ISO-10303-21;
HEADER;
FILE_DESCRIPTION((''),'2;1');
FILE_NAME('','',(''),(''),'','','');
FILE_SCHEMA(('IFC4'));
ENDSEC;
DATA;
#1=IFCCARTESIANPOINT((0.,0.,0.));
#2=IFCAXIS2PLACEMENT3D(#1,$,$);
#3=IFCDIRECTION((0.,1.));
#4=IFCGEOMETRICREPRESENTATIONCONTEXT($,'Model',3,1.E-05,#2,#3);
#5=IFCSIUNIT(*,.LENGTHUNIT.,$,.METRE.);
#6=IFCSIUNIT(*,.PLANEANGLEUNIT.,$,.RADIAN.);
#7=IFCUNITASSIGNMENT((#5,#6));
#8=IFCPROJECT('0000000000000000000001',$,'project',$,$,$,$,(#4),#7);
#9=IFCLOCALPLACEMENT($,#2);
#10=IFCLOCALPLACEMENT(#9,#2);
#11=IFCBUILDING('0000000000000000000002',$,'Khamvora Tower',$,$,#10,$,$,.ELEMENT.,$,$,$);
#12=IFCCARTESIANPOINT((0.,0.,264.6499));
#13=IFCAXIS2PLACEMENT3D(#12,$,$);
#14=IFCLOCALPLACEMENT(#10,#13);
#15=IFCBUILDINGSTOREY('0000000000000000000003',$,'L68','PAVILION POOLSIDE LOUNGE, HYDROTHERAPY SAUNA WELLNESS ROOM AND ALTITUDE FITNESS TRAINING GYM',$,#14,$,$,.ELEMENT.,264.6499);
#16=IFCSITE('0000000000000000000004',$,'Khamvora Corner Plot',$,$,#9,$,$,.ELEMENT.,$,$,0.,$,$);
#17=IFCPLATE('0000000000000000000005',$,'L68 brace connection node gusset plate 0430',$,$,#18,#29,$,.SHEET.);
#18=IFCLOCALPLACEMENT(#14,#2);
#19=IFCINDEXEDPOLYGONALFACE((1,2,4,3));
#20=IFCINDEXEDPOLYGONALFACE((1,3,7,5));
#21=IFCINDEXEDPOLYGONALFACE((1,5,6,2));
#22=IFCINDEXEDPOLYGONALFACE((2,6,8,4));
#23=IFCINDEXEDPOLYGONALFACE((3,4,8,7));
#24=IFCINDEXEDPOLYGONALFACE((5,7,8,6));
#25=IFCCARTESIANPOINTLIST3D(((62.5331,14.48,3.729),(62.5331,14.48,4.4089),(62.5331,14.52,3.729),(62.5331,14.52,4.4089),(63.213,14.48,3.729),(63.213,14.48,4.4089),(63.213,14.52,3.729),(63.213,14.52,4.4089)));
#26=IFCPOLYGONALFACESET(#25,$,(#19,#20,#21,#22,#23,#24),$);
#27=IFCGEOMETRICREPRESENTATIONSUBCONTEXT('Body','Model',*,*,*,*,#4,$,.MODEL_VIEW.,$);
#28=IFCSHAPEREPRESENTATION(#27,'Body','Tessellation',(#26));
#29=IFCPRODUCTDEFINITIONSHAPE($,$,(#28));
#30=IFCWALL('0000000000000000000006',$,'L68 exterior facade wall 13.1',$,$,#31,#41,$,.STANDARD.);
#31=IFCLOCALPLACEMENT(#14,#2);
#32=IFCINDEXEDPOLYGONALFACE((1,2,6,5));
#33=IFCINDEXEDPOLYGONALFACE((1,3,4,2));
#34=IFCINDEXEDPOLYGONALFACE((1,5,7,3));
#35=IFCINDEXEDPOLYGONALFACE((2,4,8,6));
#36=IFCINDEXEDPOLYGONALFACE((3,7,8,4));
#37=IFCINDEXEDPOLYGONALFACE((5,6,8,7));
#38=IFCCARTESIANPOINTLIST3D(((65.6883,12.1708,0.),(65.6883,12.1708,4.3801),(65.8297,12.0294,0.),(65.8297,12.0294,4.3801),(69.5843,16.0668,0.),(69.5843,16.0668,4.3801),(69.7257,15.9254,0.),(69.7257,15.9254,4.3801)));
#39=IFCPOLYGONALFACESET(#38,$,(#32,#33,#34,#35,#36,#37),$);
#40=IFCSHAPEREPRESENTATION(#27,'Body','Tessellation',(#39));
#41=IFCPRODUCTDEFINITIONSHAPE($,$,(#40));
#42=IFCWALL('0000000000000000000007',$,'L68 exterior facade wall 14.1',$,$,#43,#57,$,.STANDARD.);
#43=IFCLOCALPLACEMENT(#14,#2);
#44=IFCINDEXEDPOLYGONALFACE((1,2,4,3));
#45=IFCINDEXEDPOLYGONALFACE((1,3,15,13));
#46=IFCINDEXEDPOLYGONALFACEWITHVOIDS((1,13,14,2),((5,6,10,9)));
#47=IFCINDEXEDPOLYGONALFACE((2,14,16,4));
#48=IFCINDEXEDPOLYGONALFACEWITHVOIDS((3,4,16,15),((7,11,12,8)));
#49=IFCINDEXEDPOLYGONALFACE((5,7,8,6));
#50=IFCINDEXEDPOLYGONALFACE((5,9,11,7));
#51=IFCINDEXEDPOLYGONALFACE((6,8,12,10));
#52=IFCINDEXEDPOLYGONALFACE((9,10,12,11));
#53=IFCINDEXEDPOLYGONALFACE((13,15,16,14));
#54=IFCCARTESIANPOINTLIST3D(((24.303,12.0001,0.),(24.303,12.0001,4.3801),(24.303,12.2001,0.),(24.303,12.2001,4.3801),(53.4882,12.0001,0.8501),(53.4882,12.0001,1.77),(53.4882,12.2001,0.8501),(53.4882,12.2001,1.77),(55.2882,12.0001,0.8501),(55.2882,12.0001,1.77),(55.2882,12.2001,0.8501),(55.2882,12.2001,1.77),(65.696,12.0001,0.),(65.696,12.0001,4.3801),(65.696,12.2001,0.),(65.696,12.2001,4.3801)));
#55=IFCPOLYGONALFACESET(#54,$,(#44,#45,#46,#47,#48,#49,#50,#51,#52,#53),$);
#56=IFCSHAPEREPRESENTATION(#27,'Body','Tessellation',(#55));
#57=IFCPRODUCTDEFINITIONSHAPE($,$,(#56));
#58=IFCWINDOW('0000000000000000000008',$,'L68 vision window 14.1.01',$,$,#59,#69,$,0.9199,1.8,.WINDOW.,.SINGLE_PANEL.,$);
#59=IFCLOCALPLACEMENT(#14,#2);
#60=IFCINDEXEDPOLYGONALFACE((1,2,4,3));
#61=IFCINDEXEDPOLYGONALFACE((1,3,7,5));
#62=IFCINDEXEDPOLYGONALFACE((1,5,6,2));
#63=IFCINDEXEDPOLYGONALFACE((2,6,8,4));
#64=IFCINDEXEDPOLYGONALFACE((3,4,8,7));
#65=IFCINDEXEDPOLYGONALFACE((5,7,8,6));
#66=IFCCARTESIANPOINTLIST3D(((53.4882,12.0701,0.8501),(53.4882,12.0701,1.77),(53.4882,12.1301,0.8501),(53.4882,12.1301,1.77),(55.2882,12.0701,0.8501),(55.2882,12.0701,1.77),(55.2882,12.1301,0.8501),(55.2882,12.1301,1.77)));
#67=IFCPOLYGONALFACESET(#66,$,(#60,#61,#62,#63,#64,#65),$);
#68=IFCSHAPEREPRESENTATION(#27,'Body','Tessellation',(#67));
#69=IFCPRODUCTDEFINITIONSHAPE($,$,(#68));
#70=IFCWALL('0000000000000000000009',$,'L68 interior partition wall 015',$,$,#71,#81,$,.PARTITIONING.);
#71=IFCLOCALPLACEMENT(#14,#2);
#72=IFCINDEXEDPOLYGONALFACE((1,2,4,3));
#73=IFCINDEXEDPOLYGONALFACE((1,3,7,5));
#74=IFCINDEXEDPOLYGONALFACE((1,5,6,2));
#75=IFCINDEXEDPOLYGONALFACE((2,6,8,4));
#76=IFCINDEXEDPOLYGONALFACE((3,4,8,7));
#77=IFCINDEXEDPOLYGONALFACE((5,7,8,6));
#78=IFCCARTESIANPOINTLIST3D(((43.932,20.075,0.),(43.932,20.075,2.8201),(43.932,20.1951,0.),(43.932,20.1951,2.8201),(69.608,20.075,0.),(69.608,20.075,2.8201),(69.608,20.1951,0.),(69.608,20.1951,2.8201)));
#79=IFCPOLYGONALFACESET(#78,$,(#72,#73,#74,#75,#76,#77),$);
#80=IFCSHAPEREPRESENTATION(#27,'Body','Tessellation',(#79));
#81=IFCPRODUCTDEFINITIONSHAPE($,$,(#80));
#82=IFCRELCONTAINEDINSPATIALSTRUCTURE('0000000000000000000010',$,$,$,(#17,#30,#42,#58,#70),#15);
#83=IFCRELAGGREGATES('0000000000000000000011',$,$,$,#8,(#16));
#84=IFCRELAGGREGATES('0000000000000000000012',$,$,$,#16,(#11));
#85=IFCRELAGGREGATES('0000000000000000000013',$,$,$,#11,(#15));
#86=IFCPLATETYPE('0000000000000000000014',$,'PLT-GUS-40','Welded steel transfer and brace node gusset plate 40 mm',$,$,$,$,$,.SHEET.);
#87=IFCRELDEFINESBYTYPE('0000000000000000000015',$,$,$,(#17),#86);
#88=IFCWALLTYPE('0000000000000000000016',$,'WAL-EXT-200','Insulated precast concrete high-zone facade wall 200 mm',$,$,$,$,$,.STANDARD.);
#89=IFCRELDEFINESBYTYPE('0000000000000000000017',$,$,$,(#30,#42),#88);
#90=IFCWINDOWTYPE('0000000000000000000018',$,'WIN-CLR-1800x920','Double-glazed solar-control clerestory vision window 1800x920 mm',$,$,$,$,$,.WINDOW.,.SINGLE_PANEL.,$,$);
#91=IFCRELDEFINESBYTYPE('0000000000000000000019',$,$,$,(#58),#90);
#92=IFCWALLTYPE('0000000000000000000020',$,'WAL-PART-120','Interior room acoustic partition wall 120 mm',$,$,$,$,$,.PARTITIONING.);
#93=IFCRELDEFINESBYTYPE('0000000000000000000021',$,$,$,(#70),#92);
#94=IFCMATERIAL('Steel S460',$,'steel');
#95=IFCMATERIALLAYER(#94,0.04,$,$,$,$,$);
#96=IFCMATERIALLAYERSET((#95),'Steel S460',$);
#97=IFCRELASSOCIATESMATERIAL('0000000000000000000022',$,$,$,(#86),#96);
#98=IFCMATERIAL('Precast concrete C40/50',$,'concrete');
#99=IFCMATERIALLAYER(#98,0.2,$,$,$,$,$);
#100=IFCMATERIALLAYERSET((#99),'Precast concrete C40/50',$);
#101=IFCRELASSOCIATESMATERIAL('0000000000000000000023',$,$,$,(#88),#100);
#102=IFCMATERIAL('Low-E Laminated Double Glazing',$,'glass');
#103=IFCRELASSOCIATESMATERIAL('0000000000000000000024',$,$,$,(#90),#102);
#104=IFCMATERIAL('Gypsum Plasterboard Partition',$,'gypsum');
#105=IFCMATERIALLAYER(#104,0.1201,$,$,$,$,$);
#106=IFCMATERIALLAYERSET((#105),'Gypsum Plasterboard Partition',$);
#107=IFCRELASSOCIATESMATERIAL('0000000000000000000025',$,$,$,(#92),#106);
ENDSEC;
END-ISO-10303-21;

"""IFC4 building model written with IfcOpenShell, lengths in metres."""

from ifc_helpers import new_model, si_unit, direction, frame, frame_2d, origin, origin_2d, place, context, subcontext, project, spatial, rectangle, extrude, material, layer, layer_set, type_object, element, fill, save


model = new_model("IFC4")

# Units and contexts
model_context = context("Model", 3, precision=1e-05, world=origin(), true_north=direction((0.0, 1.0)))
body_context = subcontext(model_context, "Body", "Model", "MODEL_VIEW")
ifc_project = project(units=[si_unit("LENGTHUNIT", "METRE"), si_unit("PLANEANGLEUNIT", "RADIAN")], contexts=[model_context])

# Site, building, storey
site_placement = place(None, origin())
site = spatial("IfcSite", under=ifc_project, at=site_placement, Name="Khamvora Corner Plot", CompositionType="ELEMENT", RefElevation=0.0)
building_placement = place(site_placement, origin())
building = spatial("IfcBuilding", under=site, at=building_placement, Name="Khamvora Tower", CompositionType="ELEMENT")
storey_placement = place(building_placement, frame((0.0, 0.0, 264.6499)))
storey = spatial("IfcBuildingStorey", under=building, at=storey_placement, Name="L68", Description="PAVILION POOLSIDE LOUNGE, HYDROTHERAPY SAUNA WELLNESS ROOM AND ALTITUDE FITNESS TRAINING GYM", CompositionType="ELEMENT", Elevation=264.6499)

# Shared definitions
ifc_material_1 = material(Name="Steel S460", Category="steel")

# Plate
ifc_layer_1 = layer(ifc_material_1, 0.04)
ifc_layer_set_1 = layer_set([ifc_layer_1], Name="Steel S460")
plate_type_1 = type_object("IfcPlateType", Name="PLT-GUS-40", Description="Welded steel transfer and brace node gusset plate 40 mm", PredefinedType="SHEET", material=ifc_layer_set_1)
for number, where, z_axis, x_axis, name in (
    (1, (62.873, 14.5, 3.729), (0.0, 0.0, 1.0), (1.0, 0.0, 0.0), "L68 brace connection node gusset plate 0430"),
):
    element("IfcPlate", number, at=place(storey_placement, frame(where, z_axis=z_axis, x_axis=x_axis)), inside=storey, type_object=plate_type_1, Name=name, PredefinedType="SHEET", context=body_context, shape_type="SweptSolid", body=[
        extrude(rectangle(XDim=0.6799, YDim=0.04, at=origin_2d()), origin(), (0.0, 0.0, 1.0), 0.6799),
    ])

# Wall
ifc_material_2 = material(Name="Precast concrete C40/50", Category="concrete")
ifc_layer_2 = layer(ifc_material_2, 0.2)
ifc_layer_set_2 = layer_set([ifc_layer_2], Name="Precast concrete C40/50")
wall_type_1 = type_object("IfcWallType", Name="WAL-EXT-200", Description="Insulated precast concrete high-zone facade wall 200 mm", PredefinedType="STANDARD", material=ifc_layer_set_2)
wall_1_placement = place(storey_placement, frame((69.655, 15.9961, 0.0), z_axis=(0.0, 0.0, 1.0), x_axis=(-0.707107, -0.707107, 0.0)))
element("IfcWall", 2, at=wall_1_placement, inside=storey, type_object=wall_type_1, Name="L68 exterior facade wall 13.1", PredefinedType="STANDARD", context=body_context, shape_type="SweptSolid", body=[
    extrude(rectangle(XDim=5.5098, YDim=0.2, at=frame_2d((2.7549, 0.0))), origin(), (0.0, 0.0, 1.0), 4.3801),
])

# Wall, opening, window
wall_2_placement = place(storey_placement, frame((65.696, 12.1001, 0.0), z_axis=(0.0, 0.0, 1.0), x_axis=(-1.0, 0.0, 0.0)))
wall_2 = element("IfcWall", 3, at=wall_2_placement, inside=storey, type_object=wall_type_1, Name="L68 exterior facade wall 14.1", PredefinedType="STANDARD", context=body_context, shape_type="SweptSolid", body=[
    extrude(rectangle(XDim=41.3931, YDim=0.2, at=frame_2d((20.6965, 0.0))), origin(), (0.0, 0.0, 1.0), 4.3801),
])
opening_placement = place(wall_2_placement, frame((10.408, 0.0, 0.8501)))
opening = element("IfcOpeningElement", 4, at=opening_placement, cuts=wall_2, PredefinedType="OPENING", context=body_context, shape_type="SweptSolid", body=[
    extrude(rectangle(XDim=1.8, YDim=0.9199, at=frame_2d((0.8999, 0.46))), frame((0.0, 0.1099, 0.0), z_axis=(0.0, -1.0, 0.0), x_axis=(1.0, 0.0, 0.0)), (0.0, 0.0, 1.0), 0.22),
])
ifc_material_3 = material(Name="Low-E Laminated Double Glazing", Category="glass")
window_type = type_object("IfcWindowType", Name="WIN-CLR-1800x920", Description="Double-glazed solar-control clerestory vision window 1800x920 mm", PartitioningType="SINGLE_PANEL", PredefinedType="WINDOW", material=ifc_material_3)
window_placement = place(opening_placement, origin())
window = element("IfcWindow", 5, at=window_placement, inside=storey, type_object=window_type, Name="L68 vision window 14.1.01", OverallHeight=0.9199, OverallWidth=1.8, PartitioningType="SINGLE_PANEL", PredefinedType="WINDOW", context=body_context, shape_type="SweptSolid", body=[
    extrude(rectangle(XDim=1.8, YDim=0.9199, at=frame_2d((0.8999, 0.46))), frame((0.0, 0.03, 0.0), z_axis=(0.0, -1.0, 0.0), x_axis=(1.0, 0.0, 0.0)), (0.0, 0.0, 1.0), 0.0601),
])
fill(opening, window)

# Wall
ifc_material_4 = material(Name="Gypsum Plasterboard Partition", Category="gypsum")
ifc_layer_3 = layer(ifc_material_4, 0.1201)
ifc_layer_set_3 = layer_set([ifc_layer_3], Name="Gypsum Plasterboard Partition")
wall_type_2 = type_object("IfcWallType", Name="WAL-PART-120", Description="Interior room acoustic partition wall 120 mm", PredefinedType="PARTITIONING", material=ifc_layer_set_3)
wall_3_placement = place(storey_placement, frame((69.6079, 20.135, 0.0), z_axis=(0.0, 0.0, 1.0), x_axis=(-1.0, 0.0, 0.0)))
element("IfcWall", 6, at=wall_3_placement, inside=storey, type_object=wall_type_2, Name="L68 interior partition wall 015", PredefinedType="PARTITIONING", context=body_context, shape_type="SweptSolid", body=[
    extrude(rectangle(XDim=25.676, YDim=0.1201, at=frame_2d((12.8379, 0.0))), origin(), (0.0, 0.0, 1.0), 2.8201),
])

save(model, "model.ifc")
